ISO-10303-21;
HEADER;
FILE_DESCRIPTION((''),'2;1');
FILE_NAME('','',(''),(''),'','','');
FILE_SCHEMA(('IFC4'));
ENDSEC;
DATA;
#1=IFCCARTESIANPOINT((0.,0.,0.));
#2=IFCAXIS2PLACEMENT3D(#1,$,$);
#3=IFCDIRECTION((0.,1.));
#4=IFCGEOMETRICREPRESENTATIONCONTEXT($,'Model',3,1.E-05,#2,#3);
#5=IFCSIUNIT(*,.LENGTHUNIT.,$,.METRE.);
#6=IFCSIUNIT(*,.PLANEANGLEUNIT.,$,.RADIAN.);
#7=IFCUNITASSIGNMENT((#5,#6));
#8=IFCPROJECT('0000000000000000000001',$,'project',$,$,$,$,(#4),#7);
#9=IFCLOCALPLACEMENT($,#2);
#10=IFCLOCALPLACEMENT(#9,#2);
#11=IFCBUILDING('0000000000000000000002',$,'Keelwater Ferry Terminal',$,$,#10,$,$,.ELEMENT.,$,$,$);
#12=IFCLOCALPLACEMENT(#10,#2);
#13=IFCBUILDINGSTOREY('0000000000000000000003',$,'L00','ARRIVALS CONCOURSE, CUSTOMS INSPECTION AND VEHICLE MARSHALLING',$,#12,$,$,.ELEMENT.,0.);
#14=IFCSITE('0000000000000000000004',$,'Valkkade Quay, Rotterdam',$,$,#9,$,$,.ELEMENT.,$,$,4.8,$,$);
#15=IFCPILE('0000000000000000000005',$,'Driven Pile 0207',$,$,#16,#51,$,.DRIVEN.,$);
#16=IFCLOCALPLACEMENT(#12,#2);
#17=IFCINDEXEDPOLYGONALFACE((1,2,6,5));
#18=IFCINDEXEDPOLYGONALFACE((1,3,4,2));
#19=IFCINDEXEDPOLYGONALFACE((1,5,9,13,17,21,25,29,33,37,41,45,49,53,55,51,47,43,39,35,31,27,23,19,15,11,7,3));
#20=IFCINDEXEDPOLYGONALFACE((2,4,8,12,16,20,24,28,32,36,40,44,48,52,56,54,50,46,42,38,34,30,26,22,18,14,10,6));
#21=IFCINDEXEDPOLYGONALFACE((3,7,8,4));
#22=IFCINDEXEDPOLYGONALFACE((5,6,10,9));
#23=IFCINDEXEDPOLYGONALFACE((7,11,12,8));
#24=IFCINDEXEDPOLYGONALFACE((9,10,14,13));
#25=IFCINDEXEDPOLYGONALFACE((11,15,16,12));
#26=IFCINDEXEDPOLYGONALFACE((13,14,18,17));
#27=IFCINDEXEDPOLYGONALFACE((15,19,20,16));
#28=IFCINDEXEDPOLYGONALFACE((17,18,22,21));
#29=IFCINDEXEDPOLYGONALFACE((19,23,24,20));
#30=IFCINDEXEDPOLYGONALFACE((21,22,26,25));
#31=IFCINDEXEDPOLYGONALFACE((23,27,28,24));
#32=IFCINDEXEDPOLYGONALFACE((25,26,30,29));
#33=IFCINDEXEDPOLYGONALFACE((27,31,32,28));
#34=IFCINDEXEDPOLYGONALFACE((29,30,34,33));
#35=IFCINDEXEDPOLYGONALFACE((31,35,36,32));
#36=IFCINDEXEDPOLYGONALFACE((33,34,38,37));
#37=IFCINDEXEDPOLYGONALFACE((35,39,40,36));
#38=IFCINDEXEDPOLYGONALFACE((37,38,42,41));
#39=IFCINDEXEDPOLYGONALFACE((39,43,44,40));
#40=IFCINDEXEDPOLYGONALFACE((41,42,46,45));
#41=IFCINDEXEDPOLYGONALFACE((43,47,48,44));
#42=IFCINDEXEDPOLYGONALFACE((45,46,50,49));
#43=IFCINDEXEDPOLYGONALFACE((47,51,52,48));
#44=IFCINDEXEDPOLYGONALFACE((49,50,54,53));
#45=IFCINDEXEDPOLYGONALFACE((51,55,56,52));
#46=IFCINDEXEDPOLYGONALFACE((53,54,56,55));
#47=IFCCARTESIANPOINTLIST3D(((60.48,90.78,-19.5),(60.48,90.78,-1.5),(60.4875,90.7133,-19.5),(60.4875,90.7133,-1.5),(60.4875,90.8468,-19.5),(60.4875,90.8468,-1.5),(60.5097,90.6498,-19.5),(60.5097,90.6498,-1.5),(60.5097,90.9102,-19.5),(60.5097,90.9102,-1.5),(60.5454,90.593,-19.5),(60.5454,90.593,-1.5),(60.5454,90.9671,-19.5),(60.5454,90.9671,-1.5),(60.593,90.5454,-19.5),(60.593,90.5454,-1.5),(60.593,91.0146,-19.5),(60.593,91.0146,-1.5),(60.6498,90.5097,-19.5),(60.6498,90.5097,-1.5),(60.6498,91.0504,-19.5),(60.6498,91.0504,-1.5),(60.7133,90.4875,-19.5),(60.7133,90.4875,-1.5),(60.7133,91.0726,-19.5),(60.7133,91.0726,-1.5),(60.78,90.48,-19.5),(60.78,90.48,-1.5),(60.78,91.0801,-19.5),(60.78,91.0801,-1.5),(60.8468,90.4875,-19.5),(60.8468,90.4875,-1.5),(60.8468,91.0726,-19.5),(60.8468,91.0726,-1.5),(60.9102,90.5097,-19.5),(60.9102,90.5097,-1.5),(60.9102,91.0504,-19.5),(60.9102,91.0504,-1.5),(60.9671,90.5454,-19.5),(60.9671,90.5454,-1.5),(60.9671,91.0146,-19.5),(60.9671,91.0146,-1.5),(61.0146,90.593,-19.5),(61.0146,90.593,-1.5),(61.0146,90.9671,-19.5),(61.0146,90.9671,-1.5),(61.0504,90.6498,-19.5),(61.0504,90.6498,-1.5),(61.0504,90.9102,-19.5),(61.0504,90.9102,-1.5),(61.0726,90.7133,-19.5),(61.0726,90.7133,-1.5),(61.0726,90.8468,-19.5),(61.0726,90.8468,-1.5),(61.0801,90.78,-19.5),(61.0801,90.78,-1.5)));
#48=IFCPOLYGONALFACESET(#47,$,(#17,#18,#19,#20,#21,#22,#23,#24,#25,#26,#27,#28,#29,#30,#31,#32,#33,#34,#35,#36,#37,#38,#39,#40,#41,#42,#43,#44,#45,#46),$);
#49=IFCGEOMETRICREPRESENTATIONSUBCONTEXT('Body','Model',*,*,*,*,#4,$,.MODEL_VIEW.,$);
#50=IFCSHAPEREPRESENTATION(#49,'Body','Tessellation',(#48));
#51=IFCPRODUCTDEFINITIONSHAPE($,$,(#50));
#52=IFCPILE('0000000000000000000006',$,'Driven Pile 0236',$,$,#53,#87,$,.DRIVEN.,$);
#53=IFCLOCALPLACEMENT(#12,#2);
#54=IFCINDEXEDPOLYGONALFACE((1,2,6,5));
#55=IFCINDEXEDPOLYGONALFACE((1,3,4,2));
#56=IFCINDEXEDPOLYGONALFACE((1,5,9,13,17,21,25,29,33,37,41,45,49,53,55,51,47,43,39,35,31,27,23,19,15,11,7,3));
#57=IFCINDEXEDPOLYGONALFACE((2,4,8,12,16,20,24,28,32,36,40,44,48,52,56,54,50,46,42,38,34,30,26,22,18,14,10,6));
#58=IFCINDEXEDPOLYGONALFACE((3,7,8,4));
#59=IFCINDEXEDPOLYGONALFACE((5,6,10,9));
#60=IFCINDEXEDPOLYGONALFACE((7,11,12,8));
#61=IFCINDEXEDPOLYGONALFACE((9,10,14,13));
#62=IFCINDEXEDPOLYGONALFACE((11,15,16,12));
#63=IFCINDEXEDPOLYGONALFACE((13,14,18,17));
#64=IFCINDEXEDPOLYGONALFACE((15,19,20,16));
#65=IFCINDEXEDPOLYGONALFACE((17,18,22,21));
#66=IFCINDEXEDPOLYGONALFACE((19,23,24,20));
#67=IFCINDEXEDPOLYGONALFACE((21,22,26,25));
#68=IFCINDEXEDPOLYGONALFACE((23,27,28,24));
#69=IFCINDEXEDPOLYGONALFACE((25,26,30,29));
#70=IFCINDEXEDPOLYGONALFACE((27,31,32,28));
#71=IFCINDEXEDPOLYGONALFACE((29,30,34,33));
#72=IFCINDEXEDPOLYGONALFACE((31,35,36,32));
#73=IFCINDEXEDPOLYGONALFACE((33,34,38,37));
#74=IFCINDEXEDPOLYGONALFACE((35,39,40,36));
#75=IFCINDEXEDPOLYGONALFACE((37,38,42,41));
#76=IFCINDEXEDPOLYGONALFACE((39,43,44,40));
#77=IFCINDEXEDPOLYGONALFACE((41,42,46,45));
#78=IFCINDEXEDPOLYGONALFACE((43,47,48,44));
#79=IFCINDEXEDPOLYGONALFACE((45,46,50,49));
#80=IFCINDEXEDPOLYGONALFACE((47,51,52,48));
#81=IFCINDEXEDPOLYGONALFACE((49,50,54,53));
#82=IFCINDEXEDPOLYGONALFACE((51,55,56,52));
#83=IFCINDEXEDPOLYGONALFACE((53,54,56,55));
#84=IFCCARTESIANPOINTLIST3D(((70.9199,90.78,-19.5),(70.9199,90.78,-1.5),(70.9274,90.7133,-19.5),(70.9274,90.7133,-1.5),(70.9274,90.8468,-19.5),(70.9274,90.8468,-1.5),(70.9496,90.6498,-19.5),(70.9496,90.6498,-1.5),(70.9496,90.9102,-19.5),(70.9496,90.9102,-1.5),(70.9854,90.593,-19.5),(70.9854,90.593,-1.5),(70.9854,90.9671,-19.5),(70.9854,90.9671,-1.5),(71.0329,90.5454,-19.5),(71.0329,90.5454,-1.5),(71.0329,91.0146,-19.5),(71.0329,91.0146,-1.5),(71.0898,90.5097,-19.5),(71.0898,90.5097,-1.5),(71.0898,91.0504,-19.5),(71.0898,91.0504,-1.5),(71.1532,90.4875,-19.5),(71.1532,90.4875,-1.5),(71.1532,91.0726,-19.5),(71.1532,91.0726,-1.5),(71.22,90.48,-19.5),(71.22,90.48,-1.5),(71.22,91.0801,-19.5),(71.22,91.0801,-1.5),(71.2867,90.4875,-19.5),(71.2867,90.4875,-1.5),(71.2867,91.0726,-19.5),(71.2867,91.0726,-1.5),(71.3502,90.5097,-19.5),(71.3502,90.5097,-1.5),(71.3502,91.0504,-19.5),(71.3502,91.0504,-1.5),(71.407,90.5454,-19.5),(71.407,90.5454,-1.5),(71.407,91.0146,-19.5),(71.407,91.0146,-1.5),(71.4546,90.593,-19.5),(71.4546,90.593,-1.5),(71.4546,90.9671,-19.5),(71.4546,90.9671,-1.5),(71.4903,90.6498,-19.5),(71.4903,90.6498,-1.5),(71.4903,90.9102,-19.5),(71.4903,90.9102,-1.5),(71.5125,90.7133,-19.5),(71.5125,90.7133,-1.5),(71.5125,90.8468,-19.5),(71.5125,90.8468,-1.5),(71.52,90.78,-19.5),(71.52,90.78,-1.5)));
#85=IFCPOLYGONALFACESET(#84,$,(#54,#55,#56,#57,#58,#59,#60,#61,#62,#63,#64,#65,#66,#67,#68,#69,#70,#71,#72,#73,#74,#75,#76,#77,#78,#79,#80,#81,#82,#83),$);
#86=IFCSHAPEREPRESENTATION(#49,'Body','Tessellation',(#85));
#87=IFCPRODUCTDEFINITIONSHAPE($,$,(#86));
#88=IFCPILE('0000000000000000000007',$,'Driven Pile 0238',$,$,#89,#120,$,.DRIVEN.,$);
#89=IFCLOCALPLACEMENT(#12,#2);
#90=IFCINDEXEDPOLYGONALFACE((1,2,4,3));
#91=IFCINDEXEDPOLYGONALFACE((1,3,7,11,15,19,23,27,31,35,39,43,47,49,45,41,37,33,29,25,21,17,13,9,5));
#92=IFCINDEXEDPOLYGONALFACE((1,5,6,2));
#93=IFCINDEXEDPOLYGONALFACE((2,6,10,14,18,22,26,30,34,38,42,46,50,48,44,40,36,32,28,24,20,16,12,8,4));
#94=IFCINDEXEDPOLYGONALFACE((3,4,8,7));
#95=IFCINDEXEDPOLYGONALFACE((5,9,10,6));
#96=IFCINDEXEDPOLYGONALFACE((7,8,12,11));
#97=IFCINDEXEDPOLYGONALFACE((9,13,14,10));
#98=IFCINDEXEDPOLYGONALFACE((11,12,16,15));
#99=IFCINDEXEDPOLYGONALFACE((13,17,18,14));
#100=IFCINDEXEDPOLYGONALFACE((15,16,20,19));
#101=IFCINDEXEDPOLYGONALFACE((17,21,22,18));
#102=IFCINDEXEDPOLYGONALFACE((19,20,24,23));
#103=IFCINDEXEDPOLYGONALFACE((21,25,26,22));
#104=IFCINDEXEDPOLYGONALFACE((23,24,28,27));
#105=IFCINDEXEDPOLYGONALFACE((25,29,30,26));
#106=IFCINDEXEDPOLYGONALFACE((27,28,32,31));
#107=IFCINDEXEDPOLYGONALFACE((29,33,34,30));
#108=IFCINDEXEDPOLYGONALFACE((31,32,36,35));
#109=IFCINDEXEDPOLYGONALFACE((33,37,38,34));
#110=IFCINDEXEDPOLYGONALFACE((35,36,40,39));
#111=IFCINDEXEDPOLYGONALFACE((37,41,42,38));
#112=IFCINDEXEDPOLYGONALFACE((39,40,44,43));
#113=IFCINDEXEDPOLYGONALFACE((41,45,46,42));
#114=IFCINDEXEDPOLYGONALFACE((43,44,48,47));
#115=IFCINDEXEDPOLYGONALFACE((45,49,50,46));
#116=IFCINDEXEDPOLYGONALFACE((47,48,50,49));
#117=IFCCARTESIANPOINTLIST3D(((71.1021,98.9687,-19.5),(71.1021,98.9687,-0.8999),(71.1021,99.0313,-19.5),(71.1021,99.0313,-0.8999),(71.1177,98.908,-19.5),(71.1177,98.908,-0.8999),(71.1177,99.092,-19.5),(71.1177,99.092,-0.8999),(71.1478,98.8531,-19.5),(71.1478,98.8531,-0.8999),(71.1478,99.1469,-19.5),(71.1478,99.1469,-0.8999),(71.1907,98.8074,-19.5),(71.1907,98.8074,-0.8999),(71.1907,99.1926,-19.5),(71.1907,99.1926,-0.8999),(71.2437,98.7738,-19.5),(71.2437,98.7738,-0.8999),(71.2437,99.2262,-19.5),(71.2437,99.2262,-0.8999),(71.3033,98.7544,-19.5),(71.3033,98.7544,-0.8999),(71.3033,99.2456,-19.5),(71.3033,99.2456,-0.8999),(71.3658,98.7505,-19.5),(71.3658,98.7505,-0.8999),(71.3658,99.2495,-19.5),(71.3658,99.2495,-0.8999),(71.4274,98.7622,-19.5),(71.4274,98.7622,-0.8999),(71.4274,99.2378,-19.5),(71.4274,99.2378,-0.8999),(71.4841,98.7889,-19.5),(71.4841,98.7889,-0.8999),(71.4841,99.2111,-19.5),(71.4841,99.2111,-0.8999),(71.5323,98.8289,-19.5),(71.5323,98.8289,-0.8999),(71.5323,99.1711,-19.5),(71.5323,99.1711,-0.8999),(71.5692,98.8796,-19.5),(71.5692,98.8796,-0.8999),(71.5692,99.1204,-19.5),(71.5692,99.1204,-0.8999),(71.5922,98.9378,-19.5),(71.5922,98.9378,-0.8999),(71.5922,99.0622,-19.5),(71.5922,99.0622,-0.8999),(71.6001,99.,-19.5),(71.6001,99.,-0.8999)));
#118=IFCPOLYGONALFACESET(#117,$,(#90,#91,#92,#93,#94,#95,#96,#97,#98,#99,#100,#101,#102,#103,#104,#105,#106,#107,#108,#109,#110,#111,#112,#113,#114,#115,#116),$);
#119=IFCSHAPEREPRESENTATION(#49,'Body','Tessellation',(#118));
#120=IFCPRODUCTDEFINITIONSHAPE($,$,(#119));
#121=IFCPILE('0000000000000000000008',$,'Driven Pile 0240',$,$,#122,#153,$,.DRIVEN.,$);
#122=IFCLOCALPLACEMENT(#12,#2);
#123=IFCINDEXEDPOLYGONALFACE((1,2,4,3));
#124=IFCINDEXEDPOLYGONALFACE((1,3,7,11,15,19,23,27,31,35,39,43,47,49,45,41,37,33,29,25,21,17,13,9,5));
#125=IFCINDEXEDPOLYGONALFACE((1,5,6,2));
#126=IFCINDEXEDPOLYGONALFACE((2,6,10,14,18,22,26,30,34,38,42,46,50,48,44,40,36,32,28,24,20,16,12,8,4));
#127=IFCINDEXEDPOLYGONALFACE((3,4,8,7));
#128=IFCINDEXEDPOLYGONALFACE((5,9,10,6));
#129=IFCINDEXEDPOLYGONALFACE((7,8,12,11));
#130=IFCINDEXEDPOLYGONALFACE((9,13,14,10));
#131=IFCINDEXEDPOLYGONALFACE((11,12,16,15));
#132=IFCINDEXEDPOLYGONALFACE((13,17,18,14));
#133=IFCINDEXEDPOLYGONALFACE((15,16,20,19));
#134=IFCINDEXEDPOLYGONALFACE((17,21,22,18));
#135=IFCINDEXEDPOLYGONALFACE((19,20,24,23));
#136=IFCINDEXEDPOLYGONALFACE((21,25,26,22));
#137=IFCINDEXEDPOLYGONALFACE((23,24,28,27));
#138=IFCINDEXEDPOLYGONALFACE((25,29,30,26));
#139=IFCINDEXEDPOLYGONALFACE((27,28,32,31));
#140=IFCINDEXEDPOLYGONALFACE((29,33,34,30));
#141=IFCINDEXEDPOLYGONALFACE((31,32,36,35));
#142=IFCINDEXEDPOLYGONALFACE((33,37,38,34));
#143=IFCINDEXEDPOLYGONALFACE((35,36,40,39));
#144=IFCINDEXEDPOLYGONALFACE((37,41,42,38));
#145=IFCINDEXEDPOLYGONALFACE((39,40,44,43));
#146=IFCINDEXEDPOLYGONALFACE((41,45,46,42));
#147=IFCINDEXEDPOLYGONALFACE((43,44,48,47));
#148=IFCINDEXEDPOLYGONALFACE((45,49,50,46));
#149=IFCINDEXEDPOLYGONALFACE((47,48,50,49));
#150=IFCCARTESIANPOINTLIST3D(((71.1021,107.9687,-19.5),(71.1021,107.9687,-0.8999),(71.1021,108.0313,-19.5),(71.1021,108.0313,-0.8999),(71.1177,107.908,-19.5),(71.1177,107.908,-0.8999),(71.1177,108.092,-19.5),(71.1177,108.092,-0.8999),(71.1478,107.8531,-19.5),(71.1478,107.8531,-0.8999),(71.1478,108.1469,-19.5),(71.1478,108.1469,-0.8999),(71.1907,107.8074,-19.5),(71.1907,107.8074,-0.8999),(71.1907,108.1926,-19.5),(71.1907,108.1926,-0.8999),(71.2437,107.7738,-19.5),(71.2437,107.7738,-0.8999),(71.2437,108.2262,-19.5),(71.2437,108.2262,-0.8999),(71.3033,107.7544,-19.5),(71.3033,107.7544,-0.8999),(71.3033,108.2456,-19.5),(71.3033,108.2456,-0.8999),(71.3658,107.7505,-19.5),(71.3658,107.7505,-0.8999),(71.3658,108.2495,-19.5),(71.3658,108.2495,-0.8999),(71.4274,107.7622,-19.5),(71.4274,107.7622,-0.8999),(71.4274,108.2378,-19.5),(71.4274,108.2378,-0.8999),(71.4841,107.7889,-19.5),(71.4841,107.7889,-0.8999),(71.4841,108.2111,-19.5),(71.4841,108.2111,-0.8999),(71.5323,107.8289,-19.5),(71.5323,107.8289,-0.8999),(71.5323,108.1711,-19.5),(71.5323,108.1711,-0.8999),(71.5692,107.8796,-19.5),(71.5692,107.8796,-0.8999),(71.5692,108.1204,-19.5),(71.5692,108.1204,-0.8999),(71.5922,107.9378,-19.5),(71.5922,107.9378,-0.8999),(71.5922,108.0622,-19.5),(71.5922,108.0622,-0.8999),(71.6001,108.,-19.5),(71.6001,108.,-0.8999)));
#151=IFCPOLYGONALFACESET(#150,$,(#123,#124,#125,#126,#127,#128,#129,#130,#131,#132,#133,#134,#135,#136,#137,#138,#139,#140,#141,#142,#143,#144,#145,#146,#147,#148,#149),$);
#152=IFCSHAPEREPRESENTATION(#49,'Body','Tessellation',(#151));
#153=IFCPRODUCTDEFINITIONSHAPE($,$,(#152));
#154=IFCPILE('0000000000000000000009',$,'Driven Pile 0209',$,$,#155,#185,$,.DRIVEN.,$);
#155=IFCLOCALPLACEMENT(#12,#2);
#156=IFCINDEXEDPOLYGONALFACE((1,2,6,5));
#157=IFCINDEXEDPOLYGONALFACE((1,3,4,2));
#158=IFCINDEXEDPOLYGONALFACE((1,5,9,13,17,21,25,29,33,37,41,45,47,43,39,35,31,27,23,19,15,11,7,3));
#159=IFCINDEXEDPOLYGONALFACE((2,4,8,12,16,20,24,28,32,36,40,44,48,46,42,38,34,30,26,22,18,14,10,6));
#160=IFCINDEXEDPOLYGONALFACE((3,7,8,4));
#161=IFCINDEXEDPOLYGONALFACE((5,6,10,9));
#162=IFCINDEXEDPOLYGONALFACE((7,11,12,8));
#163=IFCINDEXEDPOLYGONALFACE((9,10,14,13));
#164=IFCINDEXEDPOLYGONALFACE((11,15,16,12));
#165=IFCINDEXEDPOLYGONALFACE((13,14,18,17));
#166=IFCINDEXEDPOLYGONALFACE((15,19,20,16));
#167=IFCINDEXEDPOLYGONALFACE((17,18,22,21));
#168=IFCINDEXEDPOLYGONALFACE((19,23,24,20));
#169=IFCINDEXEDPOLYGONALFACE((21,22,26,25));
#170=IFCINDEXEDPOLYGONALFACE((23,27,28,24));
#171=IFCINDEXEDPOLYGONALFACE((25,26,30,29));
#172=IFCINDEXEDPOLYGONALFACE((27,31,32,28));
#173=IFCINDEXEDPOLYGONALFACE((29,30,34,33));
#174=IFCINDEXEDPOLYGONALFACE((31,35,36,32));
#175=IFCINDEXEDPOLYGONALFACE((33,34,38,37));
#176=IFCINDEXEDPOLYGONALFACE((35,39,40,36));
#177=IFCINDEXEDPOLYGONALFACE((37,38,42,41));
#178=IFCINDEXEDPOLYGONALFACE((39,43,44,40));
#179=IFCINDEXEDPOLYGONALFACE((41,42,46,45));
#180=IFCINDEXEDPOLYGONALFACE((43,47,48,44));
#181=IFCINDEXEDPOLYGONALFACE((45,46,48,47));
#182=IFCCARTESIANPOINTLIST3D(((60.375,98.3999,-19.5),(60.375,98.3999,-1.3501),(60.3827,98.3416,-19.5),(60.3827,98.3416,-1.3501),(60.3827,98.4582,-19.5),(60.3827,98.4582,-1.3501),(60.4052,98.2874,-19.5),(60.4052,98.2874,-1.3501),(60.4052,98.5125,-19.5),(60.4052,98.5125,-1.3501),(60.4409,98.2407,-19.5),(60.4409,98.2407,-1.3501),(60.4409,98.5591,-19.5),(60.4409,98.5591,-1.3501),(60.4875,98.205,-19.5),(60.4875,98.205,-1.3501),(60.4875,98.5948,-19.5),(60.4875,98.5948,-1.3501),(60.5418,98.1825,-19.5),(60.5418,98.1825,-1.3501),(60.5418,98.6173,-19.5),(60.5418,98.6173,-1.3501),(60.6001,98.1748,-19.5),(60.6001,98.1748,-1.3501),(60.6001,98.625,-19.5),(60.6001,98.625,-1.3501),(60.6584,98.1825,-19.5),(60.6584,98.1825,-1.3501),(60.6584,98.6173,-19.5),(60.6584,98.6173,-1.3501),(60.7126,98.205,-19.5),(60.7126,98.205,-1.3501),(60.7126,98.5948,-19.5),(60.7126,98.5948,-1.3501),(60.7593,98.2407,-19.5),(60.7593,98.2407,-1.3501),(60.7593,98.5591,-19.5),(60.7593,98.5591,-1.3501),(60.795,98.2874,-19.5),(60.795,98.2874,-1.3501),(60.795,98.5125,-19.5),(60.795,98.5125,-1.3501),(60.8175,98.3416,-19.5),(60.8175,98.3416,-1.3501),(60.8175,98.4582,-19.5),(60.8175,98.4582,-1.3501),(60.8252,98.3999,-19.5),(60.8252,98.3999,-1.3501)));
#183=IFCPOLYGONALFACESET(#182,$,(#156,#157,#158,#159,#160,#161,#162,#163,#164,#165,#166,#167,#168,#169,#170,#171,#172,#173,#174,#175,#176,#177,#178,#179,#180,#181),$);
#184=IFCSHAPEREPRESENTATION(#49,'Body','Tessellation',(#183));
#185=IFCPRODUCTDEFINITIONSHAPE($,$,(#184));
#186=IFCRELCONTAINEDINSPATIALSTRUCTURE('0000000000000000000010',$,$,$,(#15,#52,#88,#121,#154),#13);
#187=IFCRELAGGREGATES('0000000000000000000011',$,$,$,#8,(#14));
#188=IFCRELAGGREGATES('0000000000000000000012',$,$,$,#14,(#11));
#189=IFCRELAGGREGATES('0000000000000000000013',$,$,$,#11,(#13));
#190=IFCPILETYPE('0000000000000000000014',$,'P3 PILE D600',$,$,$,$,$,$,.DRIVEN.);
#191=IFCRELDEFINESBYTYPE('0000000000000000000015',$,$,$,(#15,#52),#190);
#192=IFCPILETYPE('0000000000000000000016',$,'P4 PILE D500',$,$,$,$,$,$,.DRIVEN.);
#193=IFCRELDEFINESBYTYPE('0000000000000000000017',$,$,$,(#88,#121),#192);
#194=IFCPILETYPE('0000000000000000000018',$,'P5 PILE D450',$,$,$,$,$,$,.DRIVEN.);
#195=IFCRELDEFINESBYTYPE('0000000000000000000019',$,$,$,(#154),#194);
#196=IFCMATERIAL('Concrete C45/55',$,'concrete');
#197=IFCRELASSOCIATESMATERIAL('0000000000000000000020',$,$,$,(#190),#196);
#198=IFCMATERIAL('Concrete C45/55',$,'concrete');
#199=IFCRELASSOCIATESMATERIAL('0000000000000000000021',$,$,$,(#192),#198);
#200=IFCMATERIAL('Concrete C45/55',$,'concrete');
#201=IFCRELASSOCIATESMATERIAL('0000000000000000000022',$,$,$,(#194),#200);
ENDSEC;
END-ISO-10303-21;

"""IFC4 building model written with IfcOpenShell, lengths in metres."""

from ifc_helpers import new_model, si_unit, direction, frame, origin, origin_2d, place, context, subcontext, project, spatial, circle, extrude, material, material_profile, profile_set, type_object, element, save


model = new_model("IFC4")

# Units and contexts
model_context = context("Model", 3, precision=1e-05, world=origin(), true_north=direction((0.0, 1.0)))
body_context = subcontext(model_context, "Body", "Model", "MODEL_VIEW")
ifc_project = project(units=[si_unit("LENGTHUNIT", "METRE"), si_unit("PLANEANGLEUNIT", "RADIAN")], contexts=[model_context])

# Site, building, storey
site_placement = place(None, origin())
site = spatial("IfcSite", under=ifc_project, at=site_placement, Name="Valkkade Quay, Rotterdam", CompositionType="ELEMENT", RefElevation=4.8)
building_placement = place(site_placement, origin())
building = spatial("IfcBuilding", under=site, at=building_placement, Name="Keelwater Ferry Terminal", CompositionType="ELEMENT")
storey_placement = place(building_placement, origin())
storey = spatial("IfcBuildingStorey", under=building, at=storey_placement, Name="L00", Description="ARRIVALS CONCOURSE, CUSTOMS INSPECTION AND VEHICLE MARSHALLING", CompositionType="ELEMENT", Elevation=0.0)

# Piles
ifc_material_1 = material(Name="Concrete C45/55", Category="concrete")
ifc_material_profile_1 = material_profile(ifc_material_1, circle(Radius=0.3, at=origin_2d()), Name="PILE D600")
ifc_profile_set_1 = profile_set([ifc_material_profile_1], Name="Concrete C45/55")
pile_type_1 = type_object("IfcPileType", Name="P3 PILE D600", PredefinedType="DRIVEN", material=ifc_profile_set_1)
for number, where, z_axis, x_axis, name in (
    (1, (60.78, 90.78, -1.5), (0.0, 0.0, -1.0), (1.0, 0.0, 0.0), "Driven Pile 0207"),
    (2, (71.22, 90.78, -1.5), (0.0, 0.0, -1.0), (1.0, 0.0, 0.0), "Driven Pile 0236"),
):
    element("IfcPile", number, at=place(storey_placement, frame(where, z_axis=z_axis, x_axis=x_axis)), inside=storey, type_object=pile_type_1, Name=name, PredefinedType="DRIVEN", context=body_context, shape_type="SweptSolid", body=[
        extrude(circle(Radius=0.3, at=origin_2d()), origin(), (0.0, 0.0, 1.0), 18.0),
    ])
ifc_material_2 = material(Name="Concrete C45/55", Category="concrete")
ifc_material_profile_2 = material_profile(ifc_material_2, circle(Radius=0.25, at=origin_2d()), Name="PILE D500")
ifc_profile_set_2 = profile_set([ifc_material_profile_2], Name="Concrete C45/55")
pile_type_2 = type_object("IfcPileType", Name="P4 PILE D500", PredefinedType="DRIVEN", material=ifc_profile_set_2)
for number, where, z_axis, x_axis, name in (
    (3, (71.3501, 99.0, -0.8999), (0.0, 0.0, -1.0), (1.0, 0.0, 0.0), "Driven Pile 0238"),
    (4, (71.3501, 108.0, -0.8999), (0.0, 0.0, -1.0), (1.0, 0.0, 0.0), "Driven Pile 0240"),
):
    element("IfcPile", number, at=place(storey_placement, frame(where, z_axis=z_axis, x_axis=x_axis)), inside=storey, type_object=pile_type_2, Name=name, PredefinedType="DRIVEN", context=body_context, shape_type="SweptSolid", body=[
        extrude(circle(Radius=0.25, at=origin_2d()), origin(), (0.0, 0.0, 1.0), 18.6001),
    ])
ifc_material_3 = material(Name="Concrete C45/55", Category="concrete")
ifc_material_profile_3 = material_profile(ifc_material_3, circle(Radius=0.2251, at=origin_2d()), Name="PILE D450")
ifc_profile_set_3 = profile_set([ifc_material_profile_3], Name="Concrete C45/55")
pile_type_3 = type_object("IfcPileType", Name="P5 PILE D450", PredefinedType="DRIVEN", material=ifc_profile_set_3)
for number, where, z_axis, x_axis, name in (
    (5, (60.6001, 98.3999, -1.3501), (0.0, 0.0, -1.0), (1.0, 0.0, 0.0), "Driven Pile 0209"),
):
    element("IfcPile", number, at=place(storey_placement, frame(where, z_axis=z_axis, x_axis=x_axis)), inside=storey, type_object=pile_type_3, Name=name, PredefinedType="DRIVEN", context=body_context, shape_type="SweptSolid", body=[
        extrude(circle(Radius=0.2251, at=origin_2d()), origin(), (0.0, 0.0, 1.0), 18.1499),
    ])

save(model, "model.ifc")
